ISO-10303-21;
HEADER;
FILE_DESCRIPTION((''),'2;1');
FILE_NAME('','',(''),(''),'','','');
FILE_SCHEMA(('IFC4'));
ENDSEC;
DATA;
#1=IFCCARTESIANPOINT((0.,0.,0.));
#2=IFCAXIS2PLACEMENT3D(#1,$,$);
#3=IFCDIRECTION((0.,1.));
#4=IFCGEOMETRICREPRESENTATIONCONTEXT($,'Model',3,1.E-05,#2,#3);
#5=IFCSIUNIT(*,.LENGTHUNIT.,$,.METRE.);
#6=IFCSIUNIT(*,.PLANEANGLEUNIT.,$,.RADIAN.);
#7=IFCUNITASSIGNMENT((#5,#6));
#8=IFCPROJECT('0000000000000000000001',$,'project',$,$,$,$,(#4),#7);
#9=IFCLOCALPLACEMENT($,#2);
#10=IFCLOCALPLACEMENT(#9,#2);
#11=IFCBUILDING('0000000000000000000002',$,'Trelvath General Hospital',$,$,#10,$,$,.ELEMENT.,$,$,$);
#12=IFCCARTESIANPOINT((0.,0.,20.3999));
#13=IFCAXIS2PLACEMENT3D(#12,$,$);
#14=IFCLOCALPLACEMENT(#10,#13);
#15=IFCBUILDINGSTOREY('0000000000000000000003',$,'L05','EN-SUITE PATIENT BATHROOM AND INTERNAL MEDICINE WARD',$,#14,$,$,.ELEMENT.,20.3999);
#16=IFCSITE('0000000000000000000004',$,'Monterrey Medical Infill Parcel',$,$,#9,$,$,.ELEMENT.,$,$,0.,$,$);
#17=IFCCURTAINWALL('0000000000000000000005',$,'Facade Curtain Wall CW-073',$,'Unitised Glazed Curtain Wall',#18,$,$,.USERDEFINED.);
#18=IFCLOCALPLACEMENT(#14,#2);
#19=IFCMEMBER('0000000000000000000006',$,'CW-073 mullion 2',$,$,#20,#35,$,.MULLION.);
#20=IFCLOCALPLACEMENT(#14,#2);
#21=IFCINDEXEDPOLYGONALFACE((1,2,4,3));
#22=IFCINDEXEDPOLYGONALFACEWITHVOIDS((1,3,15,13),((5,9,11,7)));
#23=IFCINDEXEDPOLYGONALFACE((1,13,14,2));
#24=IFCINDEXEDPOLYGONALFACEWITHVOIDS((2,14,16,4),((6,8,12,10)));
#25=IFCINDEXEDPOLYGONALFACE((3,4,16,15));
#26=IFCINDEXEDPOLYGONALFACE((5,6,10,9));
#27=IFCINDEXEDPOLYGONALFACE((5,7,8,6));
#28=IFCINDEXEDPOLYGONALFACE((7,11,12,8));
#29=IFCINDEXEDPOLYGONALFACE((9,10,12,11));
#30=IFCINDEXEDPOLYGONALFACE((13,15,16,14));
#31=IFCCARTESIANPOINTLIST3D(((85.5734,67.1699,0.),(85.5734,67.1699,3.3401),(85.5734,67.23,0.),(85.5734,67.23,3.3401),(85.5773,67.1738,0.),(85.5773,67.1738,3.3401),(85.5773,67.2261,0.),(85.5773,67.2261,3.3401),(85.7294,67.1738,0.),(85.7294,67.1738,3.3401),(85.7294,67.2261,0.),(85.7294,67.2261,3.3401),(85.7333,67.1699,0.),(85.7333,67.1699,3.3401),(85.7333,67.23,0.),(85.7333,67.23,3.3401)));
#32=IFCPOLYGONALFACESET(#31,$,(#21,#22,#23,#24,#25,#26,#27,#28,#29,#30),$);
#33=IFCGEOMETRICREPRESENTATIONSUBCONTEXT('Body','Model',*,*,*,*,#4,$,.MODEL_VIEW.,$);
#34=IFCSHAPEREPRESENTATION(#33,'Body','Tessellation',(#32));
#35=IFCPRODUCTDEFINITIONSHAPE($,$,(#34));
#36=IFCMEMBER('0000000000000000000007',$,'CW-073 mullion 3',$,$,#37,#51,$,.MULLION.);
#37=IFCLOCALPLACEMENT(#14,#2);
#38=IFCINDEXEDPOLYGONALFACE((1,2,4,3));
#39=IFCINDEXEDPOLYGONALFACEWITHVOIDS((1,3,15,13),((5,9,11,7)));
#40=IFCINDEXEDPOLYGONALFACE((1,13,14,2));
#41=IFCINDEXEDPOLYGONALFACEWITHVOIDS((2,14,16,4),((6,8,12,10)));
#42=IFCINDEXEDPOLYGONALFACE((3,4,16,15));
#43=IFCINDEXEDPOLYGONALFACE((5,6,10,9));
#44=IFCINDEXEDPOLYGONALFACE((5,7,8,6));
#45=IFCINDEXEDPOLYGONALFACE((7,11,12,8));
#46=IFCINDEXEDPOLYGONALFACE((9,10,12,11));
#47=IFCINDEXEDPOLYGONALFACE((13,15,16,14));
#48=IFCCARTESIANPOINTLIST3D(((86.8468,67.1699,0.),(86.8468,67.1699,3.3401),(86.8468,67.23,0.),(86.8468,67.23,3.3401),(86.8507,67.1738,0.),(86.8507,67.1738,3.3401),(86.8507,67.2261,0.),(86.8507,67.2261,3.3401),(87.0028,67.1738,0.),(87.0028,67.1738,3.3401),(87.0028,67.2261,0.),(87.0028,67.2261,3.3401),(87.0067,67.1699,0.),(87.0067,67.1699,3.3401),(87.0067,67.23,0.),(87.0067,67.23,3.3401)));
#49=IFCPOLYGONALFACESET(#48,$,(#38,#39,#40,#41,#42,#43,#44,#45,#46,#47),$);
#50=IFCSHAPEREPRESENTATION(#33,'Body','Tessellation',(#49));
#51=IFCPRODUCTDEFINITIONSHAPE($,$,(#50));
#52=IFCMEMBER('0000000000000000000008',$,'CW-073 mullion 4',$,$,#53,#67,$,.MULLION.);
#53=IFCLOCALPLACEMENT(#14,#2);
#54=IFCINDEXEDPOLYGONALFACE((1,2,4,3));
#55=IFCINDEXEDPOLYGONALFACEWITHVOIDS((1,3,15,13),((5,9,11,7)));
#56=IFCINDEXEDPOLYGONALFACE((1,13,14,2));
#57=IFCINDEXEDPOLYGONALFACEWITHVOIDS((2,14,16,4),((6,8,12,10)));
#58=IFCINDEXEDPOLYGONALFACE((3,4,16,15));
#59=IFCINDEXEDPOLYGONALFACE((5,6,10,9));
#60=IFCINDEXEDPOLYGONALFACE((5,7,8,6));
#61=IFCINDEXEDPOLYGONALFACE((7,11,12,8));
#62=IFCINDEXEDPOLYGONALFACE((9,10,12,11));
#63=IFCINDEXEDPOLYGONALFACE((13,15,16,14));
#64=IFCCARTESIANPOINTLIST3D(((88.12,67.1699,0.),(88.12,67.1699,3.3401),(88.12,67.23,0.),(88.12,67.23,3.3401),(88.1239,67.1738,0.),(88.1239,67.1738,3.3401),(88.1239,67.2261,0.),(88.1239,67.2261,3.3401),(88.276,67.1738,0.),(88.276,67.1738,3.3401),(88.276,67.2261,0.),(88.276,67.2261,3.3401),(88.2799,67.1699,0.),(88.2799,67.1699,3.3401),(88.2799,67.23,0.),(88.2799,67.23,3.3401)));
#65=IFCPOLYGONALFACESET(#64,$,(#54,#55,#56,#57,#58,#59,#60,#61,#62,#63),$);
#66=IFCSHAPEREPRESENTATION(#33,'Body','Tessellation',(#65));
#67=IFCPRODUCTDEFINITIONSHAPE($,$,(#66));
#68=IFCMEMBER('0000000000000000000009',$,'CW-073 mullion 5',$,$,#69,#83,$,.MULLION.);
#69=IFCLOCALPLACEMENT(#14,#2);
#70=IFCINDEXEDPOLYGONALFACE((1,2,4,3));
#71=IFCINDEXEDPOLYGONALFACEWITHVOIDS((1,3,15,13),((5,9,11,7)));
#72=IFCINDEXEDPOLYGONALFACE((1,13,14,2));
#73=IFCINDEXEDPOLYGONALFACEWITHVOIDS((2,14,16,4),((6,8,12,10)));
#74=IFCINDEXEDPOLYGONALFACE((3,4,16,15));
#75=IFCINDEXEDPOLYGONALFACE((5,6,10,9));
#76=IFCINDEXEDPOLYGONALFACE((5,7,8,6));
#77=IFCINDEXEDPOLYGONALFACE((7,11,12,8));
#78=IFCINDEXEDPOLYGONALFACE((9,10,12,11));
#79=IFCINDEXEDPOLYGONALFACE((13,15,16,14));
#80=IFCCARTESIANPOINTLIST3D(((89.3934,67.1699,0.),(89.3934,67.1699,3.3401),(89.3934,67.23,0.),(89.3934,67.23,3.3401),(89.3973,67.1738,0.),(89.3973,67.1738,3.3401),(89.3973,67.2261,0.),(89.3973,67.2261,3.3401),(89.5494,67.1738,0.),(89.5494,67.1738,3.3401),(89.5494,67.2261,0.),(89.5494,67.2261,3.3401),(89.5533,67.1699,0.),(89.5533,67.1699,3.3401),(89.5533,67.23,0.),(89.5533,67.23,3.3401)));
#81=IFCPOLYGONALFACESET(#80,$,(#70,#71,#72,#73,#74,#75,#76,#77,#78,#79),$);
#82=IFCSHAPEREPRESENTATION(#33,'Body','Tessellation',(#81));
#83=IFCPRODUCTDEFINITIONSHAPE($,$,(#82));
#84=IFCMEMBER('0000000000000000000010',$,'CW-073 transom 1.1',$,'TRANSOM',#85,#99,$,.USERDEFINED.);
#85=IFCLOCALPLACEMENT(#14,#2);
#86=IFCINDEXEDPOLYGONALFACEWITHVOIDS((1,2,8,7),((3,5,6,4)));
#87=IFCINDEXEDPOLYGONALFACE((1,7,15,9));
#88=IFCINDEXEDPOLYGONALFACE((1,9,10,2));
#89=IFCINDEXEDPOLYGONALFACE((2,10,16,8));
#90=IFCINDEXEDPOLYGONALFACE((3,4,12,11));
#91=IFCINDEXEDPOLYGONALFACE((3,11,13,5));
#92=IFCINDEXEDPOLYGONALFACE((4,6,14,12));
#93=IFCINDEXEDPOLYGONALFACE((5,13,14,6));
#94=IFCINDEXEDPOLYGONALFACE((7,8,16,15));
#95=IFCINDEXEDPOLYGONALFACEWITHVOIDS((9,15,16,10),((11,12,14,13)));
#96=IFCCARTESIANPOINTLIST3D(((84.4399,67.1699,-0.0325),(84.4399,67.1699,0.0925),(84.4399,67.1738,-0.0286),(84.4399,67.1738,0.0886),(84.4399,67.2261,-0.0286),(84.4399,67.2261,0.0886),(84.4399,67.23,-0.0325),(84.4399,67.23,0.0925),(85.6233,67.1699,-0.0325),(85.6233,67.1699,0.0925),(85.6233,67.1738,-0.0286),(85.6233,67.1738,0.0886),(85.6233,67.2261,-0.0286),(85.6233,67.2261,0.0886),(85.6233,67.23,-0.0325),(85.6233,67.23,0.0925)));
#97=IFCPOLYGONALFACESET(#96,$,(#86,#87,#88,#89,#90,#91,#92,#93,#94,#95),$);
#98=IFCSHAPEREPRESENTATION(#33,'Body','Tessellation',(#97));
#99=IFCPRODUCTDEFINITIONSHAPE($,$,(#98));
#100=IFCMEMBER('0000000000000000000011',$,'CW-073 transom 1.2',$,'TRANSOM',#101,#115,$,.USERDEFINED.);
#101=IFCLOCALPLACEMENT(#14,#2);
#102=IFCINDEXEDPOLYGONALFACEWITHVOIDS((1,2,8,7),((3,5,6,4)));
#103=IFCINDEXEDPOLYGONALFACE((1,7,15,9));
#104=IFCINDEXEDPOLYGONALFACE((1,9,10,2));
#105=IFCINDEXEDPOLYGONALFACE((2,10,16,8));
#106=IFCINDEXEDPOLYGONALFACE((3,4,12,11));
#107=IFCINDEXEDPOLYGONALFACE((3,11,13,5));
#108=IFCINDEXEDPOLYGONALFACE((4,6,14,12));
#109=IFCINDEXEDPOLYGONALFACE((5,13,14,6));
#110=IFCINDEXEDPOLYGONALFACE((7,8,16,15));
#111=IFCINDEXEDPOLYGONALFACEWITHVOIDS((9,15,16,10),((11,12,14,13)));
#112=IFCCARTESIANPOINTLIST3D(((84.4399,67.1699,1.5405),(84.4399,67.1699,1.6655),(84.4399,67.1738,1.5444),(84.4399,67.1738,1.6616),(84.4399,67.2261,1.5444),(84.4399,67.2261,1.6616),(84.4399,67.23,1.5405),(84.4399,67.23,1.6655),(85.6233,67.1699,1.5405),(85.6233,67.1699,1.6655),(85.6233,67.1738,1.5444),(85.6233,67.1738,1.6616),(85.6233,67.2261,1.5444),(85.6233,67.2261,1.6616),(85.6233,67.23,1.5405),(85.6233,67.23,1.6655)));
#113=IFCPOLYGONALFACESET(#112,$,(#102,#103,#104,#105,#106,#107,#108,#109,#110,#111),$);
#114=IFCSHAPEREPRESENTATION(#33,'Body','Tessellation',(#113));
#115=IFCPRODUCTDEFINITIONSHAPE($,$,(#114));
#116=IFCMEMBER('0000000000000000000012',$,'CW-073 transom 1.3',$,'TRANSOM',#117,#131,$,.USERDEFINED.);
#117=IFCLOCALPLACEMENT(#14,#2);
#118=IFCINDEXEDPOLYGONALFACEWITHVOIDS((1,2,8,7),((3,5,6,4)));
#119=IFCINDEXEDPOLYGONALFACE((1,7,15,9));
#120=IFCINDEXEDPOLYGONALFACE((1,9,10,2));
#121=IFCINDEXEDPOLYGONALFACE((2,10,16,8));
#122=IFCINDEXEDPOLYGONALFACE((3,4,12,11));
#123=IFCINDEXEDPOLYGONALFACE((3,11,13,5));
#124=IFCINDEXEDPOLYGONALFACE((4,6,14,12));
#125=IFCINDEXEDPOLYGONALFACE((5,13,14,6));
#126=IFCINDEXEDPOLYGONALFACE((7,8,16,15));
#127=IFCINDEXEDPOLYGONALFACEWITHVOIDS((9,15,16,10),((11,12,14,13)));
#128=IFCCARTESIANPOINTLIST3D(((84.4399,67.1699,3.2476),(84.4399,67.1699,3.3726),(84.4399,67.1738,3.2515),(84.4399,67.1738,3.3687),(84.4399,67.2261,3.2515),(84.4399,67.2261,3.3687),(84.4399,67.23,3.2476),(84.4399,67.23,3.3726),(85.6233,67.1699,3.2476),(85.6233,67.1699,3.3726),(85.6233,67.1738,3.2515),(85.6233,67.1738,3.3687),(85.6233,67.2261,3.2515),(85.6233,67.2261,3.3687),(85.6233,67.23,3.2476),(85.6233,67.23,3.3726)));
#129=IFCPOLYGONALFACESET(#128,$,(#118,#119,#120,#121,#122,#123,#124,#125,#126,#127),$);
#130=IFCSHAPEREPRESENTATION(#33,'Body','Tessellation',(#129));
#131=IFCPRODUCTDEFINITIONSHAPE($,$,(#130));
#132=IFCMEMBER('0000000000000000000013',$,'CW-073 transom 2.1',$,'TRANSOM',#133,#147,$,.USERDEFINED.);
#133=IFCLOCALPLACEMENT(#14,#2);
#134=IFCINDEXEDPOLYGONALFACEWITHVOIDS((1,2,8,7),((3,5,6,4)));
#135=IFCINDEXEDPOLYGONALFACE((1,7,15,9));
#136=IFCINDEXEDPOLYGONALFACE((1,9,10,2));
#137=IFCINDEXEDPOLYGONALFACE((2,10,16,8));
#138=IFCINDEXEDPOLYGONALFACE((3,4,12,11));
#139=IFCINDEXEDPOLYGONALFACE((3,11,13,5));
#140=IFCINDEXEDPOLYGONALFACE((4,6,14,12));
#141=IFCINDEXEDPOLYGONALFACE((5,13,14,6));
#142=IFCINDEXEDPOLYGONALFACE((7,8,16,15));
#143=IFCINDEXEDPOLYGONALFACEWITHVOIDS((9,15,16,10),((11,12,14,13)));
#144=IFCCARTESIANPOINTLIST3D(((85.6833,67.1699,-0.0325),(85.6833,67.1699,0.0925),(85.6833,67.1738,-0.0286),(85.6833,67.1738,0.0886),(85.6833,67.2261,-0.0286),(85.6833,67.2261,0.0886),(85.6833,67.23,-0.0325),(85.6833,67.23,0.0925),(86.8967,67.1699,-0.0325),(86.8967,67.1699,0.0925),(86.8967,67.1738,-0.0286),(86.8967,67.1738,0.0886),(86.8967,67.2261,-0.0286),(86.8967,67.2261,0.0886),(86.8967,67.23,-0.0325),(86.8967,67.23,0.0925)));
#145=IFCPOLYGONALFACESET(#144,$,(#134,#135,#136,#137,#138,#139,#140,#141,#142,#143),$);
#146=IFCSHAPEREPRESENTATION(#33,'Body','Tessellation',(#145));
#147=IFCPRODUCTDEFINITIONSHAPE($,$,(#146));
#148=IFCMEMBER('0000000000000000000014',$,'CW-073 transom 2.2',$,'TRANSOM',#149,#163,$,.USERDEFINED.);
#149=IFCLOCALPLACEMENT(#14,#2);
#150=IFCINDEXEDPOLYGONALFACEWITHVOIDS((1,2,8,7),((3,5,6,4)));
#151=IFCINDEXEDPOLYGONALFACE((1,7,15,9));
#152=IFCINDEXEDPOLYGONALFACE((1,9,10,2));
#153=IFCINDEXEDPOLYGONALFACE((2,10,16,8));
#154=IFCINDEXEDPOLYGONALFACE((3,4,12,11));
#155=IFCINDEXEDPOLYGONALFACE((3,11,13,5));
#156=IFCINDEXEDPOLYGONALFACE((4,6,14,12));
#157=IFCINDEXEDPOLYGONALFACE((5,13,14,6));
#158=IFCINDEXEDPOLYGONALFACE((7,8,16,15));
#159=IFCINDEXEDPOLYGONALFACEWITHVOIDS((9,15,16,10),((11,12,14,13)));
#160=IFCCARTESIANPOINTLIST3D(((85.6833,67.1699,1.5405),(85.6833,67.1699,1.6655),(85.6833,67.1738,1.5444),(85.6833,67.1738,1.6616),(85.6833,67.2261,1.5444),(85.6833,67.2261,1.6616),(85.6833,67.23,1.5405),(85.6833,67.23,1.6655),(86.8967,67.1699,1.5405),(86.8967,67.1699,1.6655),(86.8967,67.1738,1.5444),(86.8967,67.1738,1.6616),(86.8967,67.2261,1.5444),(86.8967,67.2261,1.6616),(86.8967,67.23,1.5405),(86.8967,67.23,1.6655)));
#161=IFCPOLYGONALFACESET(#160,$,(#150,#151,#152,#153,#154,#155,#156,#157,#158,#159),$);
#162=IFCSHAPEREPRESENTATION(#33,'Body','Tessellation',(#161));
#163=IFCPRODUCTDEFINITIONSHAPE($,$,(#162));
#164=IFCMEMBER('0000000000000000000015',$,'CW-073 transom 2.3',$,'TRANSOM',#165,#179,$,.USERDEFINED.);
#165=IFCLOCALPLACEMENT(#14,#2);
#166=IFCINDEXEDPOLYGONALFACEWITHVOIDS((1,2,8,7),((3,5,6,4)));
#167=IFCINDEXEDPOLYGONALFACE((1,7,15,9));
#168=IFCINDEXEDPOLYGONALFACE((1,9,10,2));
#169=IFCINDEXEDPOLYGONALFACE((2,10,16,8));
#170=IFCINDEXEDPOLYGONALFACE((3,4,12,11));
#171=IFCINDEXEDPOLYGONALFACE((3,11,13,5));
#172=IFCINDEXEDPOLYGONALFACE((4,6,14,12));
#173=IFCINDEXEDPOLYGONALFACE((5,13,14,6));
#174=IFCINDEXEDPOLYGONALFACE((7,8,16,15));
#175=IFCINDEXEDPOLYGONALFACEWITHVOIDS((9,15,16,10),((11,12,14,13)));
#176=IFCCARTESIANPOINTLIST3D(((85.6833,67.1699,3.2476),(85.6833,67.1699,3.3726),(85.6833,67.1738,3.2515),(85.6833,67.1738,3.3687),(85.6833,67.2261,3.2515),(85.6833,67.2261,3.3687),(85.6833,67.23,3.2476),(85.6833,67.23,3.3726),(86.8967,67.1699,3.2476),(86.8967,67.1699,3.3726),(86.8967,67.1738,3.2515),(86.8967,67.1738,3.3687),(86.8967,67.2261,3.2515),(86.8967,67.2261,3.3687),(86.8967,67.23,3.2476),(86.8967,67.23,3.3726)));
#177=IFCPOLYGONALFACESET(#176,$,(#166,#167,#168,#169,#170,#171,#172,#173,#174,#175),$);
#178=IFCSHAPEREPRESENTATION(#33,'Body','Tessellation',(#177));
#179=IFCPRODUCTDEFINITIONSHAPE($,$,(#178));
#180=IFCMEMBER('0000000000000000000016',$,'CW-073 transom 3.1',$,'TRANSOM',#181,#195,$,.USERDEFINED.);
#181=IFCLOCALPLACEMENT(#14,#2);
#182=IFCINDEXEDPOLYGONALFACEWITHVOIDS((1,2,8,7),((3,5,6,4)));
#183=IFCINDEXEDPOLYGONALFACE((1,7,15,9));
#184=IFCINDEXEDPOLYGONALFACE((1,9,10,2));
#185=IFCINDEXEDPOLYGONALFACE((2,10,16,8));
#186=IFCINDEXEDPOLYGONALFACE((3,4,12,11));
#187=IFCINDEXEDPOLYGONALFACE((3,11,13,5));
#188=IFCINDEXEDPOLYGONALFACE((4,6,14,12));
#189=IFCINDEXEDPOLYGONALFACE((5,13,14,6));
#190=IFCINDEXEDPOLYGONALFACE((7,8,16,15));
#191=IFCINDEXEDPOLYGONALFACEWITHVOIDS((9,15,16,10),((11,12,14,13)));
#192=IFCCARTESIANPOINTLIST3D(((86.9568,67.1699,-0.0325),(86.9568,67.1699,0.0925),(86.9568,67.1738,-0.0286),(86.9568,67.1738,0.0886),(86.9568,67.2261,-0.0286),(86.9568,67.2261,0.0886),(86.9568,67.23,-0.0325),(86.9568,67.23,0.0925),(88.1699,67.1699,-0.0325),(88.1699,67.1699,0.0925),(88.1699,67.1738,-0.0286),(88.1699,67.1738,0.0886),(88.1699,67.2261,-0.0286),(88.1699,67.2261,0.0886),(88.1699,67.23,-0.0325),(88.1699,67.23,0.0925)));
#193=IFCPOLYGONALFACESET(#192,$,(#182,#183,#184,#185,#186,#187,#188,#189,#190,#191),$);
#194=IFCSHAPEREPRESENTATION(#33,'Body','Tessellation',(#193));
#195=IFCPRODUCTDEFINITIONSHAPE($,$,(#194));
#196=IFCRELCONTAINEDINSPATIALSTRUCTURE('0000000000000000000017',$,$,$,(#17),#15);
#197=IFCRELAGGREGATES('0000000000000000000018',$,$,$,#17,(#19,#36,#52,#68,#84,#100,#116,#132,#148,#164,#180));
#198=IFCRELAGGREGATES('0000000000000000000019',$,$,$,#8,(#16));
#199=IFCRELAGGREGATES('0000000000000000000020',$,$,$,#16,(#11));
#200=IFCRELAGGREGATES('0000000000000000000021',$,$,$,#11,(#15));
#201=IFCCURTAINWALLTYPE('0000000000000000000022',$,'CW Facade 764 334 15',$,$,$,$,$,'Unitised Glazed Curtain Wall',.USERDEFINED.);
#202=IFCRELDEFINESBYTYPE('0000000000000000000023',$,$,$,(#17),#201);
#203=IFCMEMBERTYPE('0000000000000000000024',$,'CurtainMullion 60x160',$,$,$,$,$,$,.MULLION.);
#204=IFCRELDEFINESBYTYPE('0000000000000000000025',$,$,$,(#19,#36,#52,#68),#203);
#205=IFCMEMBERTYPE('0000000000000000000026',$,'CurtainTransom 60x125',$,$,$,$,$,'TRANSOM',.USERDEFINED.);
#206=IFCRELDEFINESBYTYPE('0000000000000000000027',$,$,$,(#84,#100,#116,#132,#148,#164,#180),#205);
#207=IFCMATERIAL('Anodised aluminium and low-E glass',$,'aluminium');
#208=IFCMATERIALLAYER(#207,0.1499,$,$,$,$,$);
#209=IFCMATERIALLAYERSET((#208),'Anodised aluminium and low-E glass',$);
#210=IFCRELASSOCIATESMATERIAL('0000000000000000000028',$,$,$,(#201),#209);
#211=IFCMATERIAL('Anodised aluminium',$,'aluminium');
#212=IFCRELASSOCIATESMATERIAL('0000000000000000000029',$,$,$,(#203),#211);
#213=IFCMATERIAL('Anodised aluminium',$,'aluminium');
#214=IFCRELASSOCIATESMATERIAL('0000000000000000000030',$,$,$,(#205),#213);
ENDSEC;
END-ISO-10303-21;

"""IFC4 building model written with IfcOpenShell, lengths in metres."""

from ifc_helpers import new_model, si_unit, direction, frame, origin, origin_2d, place, context, subcontext, project, spatial, hollow_rectangle, extrude, material, layer, layer_set, material_profile, profile_set, type_object, element, aggregate, save


model = new_model("IFC4")

# Units and contexts
model_context = context("Model", 3, precision=1e-05, world=origin(), true_north=direction((0.0, 1.0)))
body_context = subcontext(model_context, "Body", "Model", "MODEL_VIEW")
ifc_project = project(units=[si_unit("LENGTHUNIT", "METRE"), si_unit("PLANEANGLEUNIT", "RADIAN")], contexts=[model_context])

# Site, building, storey
site_placement = place(None, origin())
site = spatial("IfcSite", under=ifc_project, at=site_placement, Name="Monterrey Medical Infill Parcel", CompositionType="ELEMENT", RefElevation=0.0)
building_placement = place(site_placement, origin())
building = spatial("IfcBuilding", under=site, at=building_placement, Name="Trelvath General Hospital", CompositionType="ELEMENT")
storey_placement = place(building_placement, frame((0.0, 0.0, 20.3999)))
storey = spatial("IfcBuildingStorey", under=building, at=storey_placement, Name="L05", Description="EN-SUITE PATIENT BATHROOM AND INTERNAL MEDICINE WARD", CompositionType="ELEMENT", Elevation=20.3999)

# Curtain wall, members
ifc_material_1 = material(Name="Anodised aluminium and low-E glass", Category="aluminium")
ifc_layer_1 = layer(ifc_material_1, 0.1499)
ifc_layer_set_1 = layer_set([ifc_layer_1], Name="Anodised aluminium and low-E glass")
curtain_wall_type = type_object("IfcCurtainWallType", Name="CW Facade 764 334 15", ElementType="Unitised Glazed Curtain Wall", PredefinedType="USERDEFINED", material=ifc_layer_set_1)
curtain_wall_placement = place(storey_placement, origin())
curtain_wall = element("IfcCurtainWall", 1, at=curtain_wall_placement, inside=storey, type_object=curtain_wall_type, Name="Facade Curtain Wall CW-073", ObjectType="Unitised Glazed Curtain Wall", PredefinedType="USERDEFINED")
ifc_material_2 = material(Name="Anodised aluminium", Category="aluminium")
ifc_material_profile_1 = material_profile(ifc_material_2, hollow_rectangle(XDim=0.0601, YDim=0.1599, WallThickness=0.0039, at=origin_2d()), Name="RHS60x160x4")
ifc_profile_set_1 = profile_set([ifc_material_profile_1], Name="Anodised aluminium")
member_type_1 = type_object("IfcMemberType", Name="CurtainMullion 60x160", PredefinedType="MULLION", material=ifc_profile_set_1)
member_1_placement = place(storey_placement, frame((85.6533, 67.2, 0.0), z_axis=(0.0, 0.0, 1.0), x_axis=(0.0, 1.0, 0.0)))
member_1 = element("IfcMember", 2, at=member_1_placement, type_object=member_type_1, Name="CW-073 mullion 2", PredefinedType="MULLION", context=body_context, shape_type="SweptSolid", body=[
    extrude(hollow_rectangle(XDim=0.0601, YDim=0.1599, WallThickness=0.0039, at=origin_2d()), origin(), (0.0, 0.0, 1.0), 3.3401),
])
member_2_placement = place(storey_placement, frame((86.9268, 67.2, 0.0), z_axis=(0.0, 0.0, 1.0), x_axis=(0.0, 1.0, 0.0)))
member_2 = element("IfcMember", 3, at=member_2_placement, type_object=member_type_1, Name="CW-073 mullion 3", PredefinedType="MULLION", context=body_context, shape_type="SweptSolid", body=[
    extrude(hollow_rectangle(XDim=0.0601, YDim=0.1599, WallThickness=0.0039, at=origin_2d()), origin(), (0.0, 0.0, 1.0), 3.3401),
])
member_3_placement = place(storey_placement, frame((88.2, 67.2, 0.0), z_axis=(0.0, 0.0, 1.0), x_axis=(0.0, 1.0, 0.0)))
member_3 = element("IfcMember", 4, at=member_3_placement, type_object=member_type_1, Name="CW-073 mullion 4", PredefinedType="MULLION", context=body_context, shape_type="SweptSolid", body=[
    extrude(hollow_rectangle(XDim=0.0601, YDim=0.1599, WallThickness=0.0039, at=origin_2d()), origin(), (0.0, 0.0, 1.0), 3.3401),
])
member_4_placement = place(storey_placement, frame((89.4734, 67.2, 0.0), z_axis=(0.0, 0.0, 1.0), x_axis=(0.0, 1.0, 0.0)))
member_4 = element("IfcMember", 5, at=member_4_placement, type_object=member_type_1, Name="CW-073 mullion 5", PredefinedType="MULLION", context=body_context, shape_type="SweptSolid", body=[
    extrude(hollow_rectangle(XDim=0.0601, YDim=0.1599, WallThickness=0.0039, at=origin_2d()), origin(), (0.0, 0.0, 1.0), 3.3401),
])
ifc_material_3 = material(Name="Anodised aluminium", Category="aluminium")
ifc_material_profile_2 = material_profile(ifc_material_3, hollow_rectangle(XDim=0.0601, YDim=0.125, WallThickness=0.0039, at=origin_2d()), Name="RHS60x125x4")
ifc_profile_set_2 = profile_set([ifc_material_profile_2], Name="Anodised aluminium")
member_type_2 = type_object("IfcMemberType", Name="CurtainTransom 60x125", ElementType="TRANSOM", PredefinedType="USERDEFINED", material=ifc_profile_set_2)
member_5_placement = place(storey_placement, frame((84.4399, 67.2, 0.03), z_axis=(1.0, 0.0, 0.0), x_axis=(0.0, 1.0, 0.0)))
member_5 = element("IfcMember", 6, at=member_5_placement, type_object=member_type_2, Name="CW-073 transom 1.1", ObjectType="TRANSOM", PredefinedType="USERDEFINED", context=body_context, shape_type="SweptSolid", body=[
    extrude(hollow_rectangle(XDim=0.0601, YDim=0.125, WallThickness=0.0039, at=origin_2d()), origin(), (0.0, 0.0, 1.0), 1.1833),
])
member_6_placement = place(storey_placement, frame((84.4399, 67.2, 1.603), z_axis=(1.0, 0.0, 0.0), x_axis=(0.0, 1.0, 0.0)))
member_6 = element("IfcMember", 7, at=member_6_placement, type_object=member_type_2, Name="CW-073 transom 1.2", ObjectType="TRANSOM", PredefinedType="USERDEFINED", context=body_context, shape_type="SweptSolid", body=[
    extrude(hollow_rectangle(XDim=0.0601, YDim=0.125, WallThickness=0.0039, at=origin_2d()), origin(), (0.0, 0.0, 1.0), 1.1833),
])
member_7_placement = place(storey_placement, frame((84.4399, 67.2, 3.3101), z_axis=(1.0, 0.0, 0.0), x_axis=(0.0, 1.0, 0.0)))
member_7 = element("IfcMember", 8, at=member_7_placement, type_object=member_type_2, Name="CW-073 transom 1.3", ObjectType="TRANSOM", PredefinedType="USERDEFINED", context=body_context, shape_type="SweptSolid", body=[
    extrude(hollow_rectangle(XDim=0.0601, YDim=0.125, WallThickness=0.0039, at=origin_2d()), origin(), (0.0, 0.0, 1.0), 1.1833),
])
member_8_placement = place(storey_placement, frame((85.6833, 67.2, 0.03), z_axis=(1.0, 0.0, 0.0), x_axis=(0.0, 1.0, 0.0)))
member_8 = element("IfcMember", 9, at=member_8_placement, type_object=member_type_2, Name="CW-073 transom 2.1", ObjectType="TRANSOM", PredefinedType="USERDEFINED", context=body_context, shape_type="SweptSolid", body=[
    extrude(hollow_rectangle(XDim=0.0601, YDim=0.125, WallThickness=0.0039, at=origin_2d()), origin(), (0.0, 0.0, 1.0), 1.2134),
])
member_9_placement = place(storey_placement, frame((85.6833, 67.2, 1.603), z_axis=(1.0, 0.0, 0.0), x_axis=(0.0, 1.0, 0.0)))
member_9 = element("IfcMember", 10, at=member_9_placement, type_object=member_type_2, Name="CW-073 transom 2.2", ObjectType="TRANSOM", PredefinedType="USERDEFINED", context=body_context, shape_type="SweptSolid", body=[
    extrude(hollow_rectangle(XDim=0.0601, YDim=0.125, WallThickness=0.0039, at=origin_2d()), origin(), (0.0, 0.0, 1.0), 1.2134),
])
member_10_placement = place(storey_placement, frame((85.6833, 67.2, 3.3101), z_axis=(1.0, 0.0, 0.0), x_axis=(0.0, 1.0, 0.0)))
member_10 = element("IfcMember", 11, at=member_10_placement, type_object=member_type_2, Name="CW-073 transom 2.3", ObjectType="TRANSOM", PredefinedType="USERDEFINED", context=body_context, shape_type="SweptSolid", body=[
    extrude(hollow_rectangle(XDim=0.0601, YDim=0.125, WallThickness=0.0039, at=origin_2d()), origin(), (0.0, 0.0, 1.0), 1.2134),
])
member_11_placement = place(storey_placement, frame((86.9568, 67.2, 0.03), z_axis=(1.0, 0.0, 0.0), x_axis=(0.0, 1.0, 0.0)))
member_11 = element("IfcMember", 12, at=member_11_placement, type_object=member_type_2, Name="CW-073 transom 3.1", ObjectType="TRANSOM", PredefinedType="USERDEFINED", context=body_context, shape_type="SweptSolid", body=[
    extrude(hollow_rectangle(XDim=0.0601, YDim=0.125, WallThickness=0.0039, at=origin_2d()), origin(), (0.0, 0.0, 1.0), 1.2131),
])
aggregate(curtain_wall, [member_1, member_2, member_3, member_4, member_5, member_6, member_7, member_8, member_9, member_10, member_11])

save(model, "model.ifc")
